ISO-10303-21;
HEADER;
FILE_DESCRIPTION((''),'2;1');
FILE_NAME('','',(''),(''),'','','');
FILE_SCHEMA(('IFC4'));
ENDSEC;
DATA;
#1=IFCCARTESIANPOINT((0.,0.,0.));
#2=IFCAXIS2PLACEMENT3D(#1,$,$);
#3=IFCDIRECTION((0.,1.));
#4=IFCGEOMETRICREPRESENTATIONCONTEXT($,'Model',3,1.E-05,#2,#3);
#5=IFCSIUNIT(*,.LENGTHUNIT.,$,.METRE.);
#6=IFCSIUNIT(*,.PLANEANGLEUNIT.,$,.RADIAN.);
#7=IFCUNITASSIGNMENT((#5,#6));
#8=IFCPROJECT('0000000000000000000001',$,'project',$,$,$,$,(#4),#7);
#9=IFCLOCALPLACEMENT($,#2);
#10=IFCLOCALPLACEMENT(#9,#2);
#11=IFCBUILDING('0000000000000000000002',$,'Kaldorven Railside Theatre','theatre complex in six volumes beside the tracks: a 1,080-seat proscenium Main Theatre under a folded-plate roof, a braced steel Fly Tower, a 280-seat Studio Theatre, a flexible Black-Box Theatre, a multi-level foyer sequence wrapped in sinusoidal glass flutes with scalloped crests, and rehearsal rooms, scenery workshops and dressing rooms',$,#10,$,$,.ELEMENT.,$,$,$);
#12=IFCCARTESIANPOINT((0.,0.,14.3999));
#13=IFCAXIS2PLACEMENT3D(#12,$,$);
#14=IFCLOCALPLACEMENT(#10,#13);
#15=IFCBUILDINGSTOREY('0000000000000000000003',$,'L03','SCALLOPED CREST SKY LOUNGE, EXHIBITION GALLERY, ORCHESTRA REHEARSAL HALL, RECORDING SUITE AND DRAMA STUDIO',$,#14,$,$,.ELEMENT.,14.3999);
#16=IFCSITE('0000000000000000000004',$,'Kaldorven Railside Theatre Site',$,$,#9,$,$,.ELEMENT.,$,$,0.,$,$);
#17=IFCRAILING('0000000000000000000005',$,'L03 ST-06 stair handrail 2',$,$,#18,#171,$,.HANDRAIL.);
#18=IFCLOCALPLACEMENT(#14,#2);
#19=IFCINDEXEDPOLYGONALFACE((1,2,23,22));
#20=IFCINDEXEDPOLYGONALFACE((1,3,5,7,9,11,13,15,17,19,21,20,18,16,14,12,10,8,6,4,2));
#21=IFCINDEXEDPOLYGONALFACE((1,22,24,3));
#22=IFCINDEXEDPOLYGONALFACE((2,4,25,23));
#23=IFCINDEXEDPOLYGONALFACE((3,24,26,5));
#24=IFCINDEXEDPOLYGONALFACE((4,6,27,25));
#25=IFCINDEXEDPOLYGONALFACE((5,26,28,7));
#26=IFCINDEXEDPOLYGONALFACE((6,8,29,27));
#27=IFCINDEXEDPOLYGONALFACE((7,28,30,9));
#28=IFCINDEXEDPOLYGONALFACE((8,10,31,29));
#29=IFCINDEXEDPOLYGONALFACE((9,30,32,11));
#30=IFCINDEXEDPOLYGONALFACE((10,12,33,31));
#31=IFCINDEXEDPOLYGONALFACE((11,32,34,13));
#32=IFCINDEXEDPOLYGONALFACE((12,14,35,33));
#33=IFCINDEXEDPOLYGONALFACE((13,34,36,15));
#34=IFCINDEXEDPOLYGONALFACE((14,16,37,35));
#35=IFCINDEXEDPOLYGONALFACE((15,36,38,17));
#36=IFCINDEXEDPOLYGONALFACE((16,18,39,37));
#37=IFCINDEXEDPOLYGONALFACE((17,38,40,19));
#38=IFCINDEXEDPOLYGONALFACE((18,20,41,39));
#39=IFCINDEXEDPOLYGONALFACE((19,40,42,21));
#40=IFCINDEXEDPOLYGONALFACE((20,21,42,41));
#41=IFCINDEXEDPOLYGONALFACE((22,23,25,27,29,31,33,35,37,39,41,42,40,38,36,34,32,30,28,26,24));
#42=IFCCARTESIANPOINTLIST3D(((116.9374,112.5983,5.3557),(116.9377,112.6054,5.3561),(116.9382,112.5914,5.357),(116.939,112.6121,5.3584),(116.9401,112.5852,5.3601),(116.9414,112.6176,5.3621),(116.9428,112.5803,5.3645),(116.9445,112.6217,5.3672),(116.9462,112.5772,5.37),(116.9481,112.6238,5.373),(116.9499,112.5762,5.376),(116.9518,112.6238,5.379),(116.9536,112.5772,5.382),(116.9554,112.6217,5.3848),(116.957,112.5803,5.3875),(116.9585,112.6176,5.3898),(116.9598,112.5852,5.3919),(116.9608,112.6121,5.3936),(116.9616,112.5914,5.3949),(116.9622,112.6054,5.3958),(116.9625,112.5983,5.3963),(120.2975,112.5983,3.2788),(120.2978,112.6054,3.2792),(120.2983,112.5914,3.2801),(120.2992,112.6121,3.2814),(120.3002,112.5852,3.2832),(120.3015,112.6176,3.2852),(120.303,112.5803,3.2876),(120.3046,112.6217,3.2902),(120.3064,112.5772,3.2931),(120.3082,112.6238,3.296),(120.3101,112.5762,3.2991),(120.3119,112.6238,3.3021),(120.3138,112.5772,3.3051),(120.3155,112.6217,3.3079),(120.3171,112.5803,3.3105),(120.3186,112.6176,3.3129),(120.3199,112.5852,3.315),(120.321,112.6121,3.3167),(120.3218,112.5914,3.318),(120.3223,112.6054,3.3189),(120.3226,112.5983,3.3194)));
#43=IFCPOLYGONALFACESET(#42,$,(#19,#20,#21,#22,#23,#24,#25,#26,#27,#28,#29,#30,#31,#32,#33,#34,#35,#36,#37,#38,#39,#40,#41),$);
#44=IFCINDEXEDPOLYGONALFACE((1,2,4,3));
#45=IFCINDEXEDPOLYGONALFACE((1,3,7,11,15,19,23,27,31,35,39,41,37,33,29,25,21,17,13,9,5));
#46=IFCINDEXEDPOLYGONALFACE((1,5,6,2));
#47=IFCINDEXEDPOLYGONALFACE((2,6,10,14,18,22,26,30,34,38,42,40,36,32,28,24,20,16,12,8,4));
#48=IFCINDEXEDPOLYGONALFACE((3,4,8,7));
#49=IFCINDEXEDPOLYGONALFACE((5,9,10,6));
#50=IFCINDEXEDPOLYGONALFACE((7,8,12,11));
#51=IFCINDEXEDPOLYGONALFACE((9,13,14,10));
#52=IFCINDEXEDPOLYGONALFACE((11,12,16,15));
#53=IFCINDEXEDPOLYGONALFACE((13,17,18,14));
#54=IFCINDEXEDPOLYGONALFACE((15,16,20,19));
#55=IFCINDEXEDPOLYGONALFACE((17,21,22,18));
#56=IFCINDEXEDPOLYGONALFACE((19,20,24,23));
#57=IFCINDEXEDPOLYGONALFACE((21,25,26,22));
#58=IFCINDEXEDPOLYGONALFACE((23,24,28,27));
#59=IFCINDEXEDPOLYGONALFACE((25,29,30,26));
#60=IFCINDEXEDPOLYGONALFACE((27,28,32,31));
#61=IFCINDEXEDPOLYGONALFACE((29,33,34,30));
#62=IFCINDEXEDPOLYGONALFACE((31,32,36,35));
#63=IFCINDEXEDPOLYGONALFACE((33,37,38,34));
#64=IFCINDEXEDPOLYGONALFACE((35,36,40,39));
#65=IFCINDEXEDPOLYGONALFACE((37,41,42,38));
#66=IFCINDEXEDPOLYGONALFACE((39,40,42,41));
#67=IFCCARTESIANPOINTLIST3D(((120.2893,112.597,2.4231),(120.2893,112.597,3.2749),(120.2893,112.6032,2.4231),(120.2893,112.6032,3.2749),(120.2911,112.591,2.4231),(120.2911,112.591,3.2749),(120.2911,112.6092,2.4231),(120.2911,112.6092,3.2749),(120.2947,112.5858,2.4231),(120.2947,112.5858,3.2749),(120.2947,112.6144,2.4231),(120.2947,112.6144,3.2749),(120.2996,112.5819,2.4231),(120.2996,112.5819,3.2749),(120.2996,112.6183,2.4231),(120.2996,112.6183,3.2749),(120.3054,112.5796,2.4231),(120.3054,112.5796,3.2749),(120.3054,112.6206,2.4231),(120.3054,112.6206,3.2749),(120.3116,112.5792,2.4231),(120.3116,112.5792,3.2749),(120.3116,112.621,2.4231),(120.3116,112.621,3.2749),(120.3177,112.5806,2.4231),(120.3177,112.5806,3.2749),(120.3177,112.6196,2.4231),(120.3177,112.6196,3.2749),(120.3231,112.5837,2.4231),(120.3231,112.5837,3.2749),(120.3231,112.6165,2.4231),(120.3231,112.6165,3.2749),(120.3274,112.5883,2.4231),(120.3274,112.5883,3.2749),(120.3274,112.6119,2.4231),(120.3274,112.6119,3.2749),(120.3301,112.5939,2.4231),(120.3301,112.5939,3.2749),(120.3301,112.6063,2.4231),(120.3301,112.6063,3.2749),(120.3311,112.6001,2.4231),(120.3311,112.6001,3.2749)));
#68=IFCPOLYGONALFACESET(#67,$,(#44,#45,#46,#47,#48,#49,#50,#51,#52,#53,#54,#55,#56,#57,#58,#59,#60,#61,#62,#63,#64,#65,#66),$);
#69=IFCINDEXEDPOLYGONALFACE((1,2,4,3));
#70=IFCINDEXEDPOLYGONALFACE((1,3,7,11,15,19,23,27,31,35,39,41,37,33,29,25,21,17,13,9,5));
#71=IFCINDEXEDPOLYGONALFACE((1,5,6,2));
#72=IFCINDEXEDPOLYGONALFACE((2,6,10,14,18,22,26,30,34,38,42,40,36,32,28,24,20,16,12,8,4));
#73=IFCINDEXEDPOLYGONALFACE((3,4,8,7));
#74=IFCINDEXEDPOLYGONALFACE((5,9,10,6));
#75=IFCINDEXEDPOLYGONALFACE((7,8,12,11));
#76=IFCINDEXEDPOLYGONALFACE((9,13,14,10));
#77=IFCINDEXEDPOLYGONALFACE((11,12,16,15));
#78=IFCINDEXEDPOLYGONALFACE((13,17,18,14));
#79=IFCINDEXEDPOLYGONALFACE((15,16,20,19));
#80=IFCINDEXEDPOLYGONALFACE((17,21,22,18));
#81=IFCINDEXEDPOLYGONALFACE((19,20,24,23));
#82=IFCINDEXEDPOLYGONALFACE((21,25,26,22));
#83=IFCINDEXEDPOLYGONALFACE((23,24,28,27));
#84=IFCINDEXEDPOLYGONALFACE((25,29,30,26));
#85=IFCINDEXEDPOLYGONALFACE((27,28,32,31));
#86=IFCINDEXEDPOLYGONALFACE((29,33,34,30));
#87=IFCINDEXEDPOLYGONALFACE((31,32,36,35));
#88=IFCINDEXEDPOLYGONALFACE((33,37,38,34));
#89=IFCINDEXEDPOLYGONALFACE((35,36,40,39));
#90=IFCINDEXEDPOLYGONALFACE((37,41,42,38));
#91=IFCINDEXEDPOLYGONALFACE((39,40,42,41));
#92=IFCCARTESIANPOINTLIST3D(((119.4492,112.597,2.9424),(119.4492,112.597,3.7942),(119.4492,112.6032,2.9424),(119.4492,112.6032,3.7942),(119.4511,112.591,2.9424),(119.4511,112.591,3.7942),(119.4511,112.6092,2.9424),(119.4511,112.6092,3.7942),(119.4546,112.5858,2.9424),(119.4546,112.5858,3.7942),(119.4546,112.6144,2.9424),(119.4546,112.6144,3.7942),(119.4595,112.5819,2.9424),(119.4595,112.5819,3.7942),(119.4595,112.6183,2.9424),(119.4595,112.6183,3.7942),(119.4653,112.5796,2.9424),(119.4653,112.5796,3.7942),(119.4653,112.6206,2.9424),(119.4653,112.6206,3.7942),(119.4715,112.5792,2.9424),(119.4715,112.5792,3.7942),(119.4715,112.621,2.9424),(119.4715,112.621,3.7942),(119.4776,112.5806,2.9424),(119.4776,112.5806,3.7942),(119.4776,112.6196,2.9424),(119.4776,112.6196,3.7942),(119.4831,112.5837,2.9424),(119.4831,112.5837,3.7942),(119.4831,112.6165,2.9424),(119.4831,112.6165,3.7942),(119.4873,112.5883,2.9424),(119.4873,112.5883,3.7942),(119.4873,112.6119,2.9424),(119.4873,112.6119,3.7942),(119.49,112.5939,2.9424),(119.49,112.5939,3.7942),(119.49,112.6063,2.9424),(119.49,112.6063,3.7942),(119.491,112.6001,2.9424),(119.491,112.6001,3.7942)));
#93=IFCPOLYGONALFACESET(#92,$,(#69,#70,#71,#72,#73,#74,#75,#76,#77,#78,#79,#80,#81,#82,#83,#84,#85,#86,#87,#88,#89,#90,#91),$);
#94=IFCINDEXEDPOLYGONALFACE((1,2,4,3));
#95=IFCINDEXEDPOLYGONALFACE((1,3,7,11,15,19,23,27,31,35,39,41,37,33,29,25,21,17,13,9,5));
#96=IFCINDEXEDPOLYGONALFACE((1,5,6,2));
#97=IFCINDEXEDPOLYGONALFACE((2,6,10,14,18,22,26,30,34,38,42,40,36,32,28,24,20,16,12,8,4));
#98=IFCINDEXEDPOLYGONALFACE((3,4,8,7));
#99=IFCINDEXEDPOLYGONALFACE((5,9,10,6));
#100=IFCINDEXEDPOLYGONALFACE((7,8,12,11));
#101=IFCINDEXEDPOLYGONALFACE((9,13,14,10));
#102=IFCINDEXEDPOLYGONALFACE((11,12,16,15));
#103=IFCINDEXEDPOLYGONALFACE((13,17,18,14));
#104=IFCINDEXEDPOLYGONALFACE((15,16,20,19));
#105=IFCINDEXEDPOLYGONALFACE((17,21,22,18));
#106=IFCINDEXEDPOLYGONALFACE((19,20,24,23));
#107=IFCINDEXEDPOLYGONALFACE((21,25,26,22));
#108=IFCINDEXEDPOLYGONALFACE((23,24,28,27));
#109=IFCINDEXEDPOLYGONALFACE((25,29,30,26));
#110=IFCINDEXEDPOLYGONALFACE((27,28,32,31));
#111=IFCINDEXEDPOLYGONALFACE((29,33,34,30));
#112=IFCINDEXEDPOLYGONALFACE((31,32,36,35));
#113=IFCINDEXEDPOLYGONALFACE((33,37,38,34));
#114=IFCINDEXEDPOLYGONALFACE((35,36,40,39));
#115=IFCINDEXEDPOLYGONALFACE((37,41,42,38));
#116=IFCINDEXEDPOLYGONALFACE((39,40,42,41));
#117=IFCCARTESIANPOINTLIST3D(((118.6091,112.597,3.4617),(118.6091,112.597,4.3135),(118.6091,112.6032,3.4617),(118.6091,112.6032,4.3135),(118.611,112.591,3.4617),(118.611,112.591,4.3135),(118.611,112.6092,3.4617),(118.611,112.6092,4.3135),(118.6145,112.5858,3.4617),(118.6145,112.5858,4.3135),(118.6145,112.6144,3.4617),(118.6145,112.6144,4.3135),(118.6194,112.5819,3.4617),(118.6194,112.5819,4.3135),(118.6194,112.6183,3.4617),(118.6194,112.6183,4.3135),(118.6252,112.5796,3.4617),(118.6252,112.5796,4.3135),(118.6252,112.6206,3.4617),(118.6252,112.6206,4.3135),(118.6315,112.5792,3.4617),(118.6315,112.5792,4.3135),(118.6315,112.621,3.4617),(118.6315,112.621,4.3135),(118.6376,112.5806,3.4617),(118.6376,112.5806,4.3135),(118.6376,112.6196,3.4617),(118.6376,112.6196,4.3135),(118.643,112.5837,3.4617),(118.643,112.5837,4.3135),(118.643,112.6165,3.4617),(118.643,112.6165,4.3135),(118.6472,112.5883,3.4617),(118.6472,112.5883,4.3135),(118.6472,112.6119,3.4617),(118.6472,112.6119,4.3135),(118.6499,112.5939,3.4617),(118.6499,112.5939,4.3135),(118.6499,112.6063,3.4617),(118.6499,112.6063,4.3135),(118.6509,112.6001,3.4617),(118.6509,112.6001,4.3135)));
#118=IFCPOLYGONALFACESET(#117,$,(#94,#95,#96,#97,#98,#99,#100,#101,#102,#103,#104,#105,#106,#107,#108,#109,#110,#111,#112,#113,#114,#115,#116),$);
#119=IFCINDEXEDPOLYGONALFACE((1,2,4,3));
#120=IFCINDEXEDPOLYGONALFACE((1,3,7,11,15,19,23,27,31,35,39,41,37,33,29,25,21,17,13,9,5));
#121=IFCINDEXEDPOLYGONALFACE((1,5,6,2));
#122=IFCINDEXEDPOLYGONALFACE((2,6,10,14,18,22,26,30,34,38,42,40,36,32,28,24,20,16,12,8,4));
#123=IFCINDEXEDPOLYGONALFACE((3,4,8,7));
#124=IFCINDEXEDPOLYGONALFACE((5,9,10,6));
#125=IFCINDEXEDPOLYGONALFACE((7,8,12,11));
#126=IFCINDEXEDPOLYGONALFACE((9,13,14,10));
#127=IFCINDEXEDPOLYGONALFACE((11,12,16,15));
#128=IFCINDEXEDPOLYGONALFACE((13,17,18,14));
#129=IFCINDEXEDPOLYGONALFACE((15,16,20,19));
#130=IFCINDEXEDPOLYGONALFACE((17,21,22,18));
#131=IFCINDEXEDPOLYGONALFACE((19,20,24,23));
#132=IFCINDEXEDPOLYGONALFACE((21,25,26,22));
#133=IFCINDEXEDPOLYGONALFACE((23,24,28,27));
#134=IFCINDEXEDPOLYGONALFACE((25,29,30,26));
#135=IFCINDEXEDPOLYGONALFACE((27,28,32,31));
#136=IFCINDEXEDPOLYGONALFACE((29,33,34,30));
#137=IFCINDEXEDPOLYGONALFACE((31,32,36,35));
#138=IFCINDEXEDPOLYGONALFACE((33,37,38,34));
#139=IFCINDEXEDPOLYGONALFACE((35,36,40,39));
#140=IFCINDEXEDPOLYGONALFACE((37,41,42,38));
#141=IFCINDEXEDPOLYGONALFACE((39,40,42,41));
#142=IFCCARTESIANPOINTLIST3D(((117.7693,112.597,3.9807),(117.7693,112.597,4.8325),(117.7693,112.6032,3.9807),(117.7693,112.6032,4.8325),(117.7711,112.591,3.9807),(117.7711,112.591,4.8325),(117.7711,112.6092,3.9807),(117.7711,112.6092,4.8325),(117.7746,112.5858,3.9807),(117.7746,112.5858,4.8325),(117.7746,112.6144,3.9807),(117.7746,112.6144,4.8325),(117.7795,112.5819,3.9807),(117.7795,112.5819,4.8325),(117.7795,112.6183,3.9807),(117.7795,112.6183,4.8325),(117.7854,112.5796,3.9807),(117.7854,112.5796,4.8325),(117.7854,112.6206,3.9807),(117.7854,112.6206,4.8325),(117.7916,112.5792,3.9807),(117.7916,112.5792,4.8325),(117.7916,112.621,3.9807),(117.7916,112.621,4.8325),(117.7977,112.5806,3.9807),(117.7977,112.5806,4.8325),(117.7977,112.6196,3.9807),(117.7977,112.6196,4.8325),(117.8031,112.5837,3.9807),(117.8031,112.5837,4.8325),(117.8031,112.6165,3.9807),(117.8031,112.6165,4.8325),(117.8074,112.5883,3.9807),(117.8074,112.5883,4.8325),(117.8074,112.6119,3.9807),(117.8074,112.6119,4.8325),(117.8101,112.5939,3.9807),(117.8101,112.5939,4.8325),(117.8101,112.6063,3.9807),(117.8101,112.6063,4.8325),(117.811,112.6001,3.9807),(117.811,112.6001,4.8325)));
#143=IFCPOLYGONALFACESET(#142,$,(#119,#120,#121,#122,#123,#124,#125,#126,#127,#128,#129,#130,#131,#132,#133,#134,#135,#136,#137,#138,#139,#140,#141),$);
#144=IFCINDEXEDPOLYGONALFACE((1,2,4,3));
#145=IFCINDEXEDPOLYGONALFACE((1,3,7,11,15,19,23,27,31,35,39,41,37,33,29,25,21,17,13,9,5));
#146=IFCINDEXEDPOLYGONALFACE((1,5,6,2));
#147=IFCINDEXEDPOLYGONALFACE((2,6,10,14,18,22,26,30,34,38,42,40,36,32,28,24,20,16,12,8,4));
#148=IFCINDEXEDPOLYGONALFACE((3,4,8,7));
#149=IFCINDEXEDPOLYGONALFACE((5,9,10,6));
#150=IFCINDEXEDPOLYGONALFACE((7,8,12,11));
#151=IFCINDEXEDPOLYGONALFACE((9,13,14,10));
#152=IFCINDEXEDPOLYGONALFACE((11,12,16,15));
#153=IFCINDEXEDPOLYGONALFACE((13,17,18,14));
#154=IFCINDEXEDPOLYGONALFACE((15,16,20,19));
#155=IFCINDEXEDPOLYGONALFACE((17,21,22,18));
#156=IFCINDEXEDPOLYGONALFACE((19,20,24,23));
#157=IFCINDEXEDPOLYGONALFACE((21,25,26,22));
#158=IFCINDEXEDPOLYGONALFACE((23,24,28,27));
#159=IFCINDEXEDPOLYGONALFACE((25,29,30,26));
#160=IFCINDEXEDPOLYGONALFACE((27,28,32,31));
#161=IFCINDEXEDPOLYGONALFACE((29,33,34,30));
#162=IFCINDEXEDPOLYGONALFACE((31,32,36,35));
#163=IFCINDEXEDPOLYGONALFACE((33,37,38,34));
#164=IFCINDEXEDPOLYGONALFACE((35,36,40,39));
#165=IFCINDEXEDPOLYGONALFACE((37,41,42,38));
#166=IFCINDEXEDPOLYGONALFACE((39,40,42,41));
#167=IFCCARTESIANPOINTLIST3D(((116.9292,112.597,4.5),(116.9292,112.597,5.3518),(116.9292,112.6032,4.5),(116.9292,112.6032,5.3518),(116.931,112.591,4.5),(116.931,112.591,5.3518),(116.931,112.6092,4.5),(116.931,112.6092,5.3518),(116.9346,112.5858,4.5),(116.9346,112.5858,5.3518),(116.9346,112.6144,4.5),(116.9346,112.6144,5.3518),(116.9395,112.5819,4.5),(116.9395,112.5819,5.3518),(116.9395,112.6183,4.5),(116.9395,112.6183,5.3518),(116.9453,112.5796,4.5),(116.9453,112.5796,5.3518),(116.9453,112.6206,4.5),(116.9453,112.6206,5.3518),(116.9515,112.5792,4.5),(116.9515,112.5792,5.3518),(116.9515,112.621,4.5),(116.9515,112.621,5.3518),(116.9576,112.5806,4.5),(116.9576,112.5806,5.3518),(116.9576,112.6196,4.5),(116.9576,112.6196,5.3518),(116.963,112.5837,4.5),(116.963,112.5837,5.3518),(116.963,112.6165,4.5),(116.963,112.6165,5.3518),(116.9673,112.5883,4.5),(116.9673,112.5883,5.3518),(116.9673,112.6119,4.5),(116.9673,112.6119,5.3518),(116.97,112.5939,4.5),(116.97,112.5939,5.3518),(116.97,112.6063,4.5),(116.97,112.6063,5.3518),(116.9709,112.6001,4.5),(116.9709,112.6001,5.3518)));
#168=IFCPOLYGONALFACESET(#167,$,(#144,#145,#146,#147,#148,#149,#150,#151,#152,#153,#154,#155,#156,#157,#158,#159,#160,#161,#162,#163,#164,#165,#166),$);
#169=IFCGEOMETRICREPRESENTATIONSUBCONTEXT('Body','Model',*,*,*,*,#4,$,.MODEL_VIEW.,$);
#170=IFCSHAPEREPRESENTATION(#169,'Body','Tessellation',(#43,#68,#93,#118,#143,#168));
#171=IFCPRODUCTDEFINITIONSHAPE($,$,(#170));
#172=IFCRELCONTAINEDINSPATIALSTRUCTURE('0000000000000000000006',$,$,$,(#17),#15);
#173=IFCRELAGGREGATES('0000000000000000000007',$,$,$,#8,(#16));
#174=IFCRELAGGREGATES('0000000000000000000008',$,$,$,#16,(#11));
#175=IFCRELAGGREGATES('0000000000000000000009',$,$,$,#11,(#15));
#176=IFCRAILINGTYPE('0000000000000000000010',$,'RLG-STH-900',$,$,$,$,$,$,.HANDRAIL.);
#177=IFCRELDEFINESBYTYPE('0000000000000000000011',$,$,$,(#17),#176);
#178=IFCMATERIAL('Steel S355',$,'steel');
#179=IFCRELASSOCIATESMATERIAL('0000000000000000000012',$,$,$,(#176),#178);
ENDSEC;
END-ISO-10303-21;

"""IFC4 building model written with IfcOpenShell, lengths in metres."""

from ifc_helpers import new_model, si_unit, direction, frame, origin, origin_2d, place, context, subcontext, project, spatial, circle, extrude, material, type_object, element, save


model = new_model("IFC4")

# Units and contexts
model_context = context("Model", 3, precision=1e-05, world=origin(), true_north=direction((0.0, 1.0)))
body_context = subcontext(model_context, "Body", "Model", "MODEL_VIEW")
ifc_project = project(units=[si_unit("LENGTHUNIT", "METRE"), si_unit("PLANEANGLEUNIT", "RADIAN")], contexts=[model_context])

# Site, building, storey
site_placement = place(None, origin())
site = spatial("IfcSite", under=ifc_project, at=site_placement, Name="Kaldorven Railside Theatre Site", CompositionType="ELEMENT", RefElevation=0.0)
building_placement = place(site_placement, origin())
building = spatial("IfcBuilding", under=site, at=building_placement, Name="Kaldorven Railside Theatre", Description="theatre complex in six volumes beside the tracks: a 1,080-seat proscenium Main Theatre under a folded-plate roof, a braced steel Fly Tower, a 280-seat Studio Theatre, a flexible Black-Box Theatre, a multi-level foyer sequence wrapped in sinusoidal glass flutes with scalloped crests, and rehearsal rooms, scenery workshops and dressing rooms", CompositionType="ELEMENT")
storey_placement = place(building_placement, frame((0.0, 0.0, 14.3999)))
storey = spatial("IfcBuildingStorey", under=building, at=storey_placement, Name="L03", Description="SCALLOPED CREST SKY LOUNGE, EXHIBITION GALLERY, ORCHESTRA REHEARSAL HALL, RECORDING SUITE AND DRAMA STUDIO", CompositionType="ELEMENT", Elevation=14.3999)

# Shared definitions
ifc_material_1 = material(Name="Steel S355", Category="steel")

# Railing
railing_type_1 = type_object("IfcRailingType", Name="RLG-STH-900", PredefinedType="HANDRAIL", material=ifc_material_1)
railing_1_placement = place(storey_placement, frame((120.3101, 112.6001, 2.4231)))
element("IfcRailing", 1, at=railing_1_placement, inside=storey, type_object=railing_type_1, Name="L03 ST-06 stair handrail 2", PredefinedType="HANDRAIL", context=body_context, shape_type="SweptSolid", body=[
    extrude(circle(Radius=0.0239, at=origin_2d()), frame((0.0, 0.0, 0.876), z_axis=(-0.850623, 0.0, 0.525776), x_axis=(0.0, -1.0, 0.0)), (0.0, 0.0, 1.0), 3.9502),
    extrude(circle(Radius=0.021, at=origin_2d()), origin(), (0.0, 0.0, 1.0), 0.8518),
    extrude(circle(Radius=0.021, at=origin_2d()), frame((-0.8401, 0.0, 0.5193)), (0.0, 0.0, 1.0), 0.8518),
    extrude(circle(Radius=0.021, at=origin_2d()), frame((-1.6802, 0.0, 1.0386)), (0.0, 0.0, 1.0), 0.8518),
    extrude(circle(Radius=0.021, at=origin_2d()), frame((-2.52, 0.0, 1.5576)), (0.0, 0.0, 1.0), 0.8518),
    extrude(circle(Radius=0.021, at=origin_2d()), frame((-3.3601, 0.0, 2.0769)), (0.0, 0.0, 1.0), 0.8518),
])

save(model, "model.ifc")
